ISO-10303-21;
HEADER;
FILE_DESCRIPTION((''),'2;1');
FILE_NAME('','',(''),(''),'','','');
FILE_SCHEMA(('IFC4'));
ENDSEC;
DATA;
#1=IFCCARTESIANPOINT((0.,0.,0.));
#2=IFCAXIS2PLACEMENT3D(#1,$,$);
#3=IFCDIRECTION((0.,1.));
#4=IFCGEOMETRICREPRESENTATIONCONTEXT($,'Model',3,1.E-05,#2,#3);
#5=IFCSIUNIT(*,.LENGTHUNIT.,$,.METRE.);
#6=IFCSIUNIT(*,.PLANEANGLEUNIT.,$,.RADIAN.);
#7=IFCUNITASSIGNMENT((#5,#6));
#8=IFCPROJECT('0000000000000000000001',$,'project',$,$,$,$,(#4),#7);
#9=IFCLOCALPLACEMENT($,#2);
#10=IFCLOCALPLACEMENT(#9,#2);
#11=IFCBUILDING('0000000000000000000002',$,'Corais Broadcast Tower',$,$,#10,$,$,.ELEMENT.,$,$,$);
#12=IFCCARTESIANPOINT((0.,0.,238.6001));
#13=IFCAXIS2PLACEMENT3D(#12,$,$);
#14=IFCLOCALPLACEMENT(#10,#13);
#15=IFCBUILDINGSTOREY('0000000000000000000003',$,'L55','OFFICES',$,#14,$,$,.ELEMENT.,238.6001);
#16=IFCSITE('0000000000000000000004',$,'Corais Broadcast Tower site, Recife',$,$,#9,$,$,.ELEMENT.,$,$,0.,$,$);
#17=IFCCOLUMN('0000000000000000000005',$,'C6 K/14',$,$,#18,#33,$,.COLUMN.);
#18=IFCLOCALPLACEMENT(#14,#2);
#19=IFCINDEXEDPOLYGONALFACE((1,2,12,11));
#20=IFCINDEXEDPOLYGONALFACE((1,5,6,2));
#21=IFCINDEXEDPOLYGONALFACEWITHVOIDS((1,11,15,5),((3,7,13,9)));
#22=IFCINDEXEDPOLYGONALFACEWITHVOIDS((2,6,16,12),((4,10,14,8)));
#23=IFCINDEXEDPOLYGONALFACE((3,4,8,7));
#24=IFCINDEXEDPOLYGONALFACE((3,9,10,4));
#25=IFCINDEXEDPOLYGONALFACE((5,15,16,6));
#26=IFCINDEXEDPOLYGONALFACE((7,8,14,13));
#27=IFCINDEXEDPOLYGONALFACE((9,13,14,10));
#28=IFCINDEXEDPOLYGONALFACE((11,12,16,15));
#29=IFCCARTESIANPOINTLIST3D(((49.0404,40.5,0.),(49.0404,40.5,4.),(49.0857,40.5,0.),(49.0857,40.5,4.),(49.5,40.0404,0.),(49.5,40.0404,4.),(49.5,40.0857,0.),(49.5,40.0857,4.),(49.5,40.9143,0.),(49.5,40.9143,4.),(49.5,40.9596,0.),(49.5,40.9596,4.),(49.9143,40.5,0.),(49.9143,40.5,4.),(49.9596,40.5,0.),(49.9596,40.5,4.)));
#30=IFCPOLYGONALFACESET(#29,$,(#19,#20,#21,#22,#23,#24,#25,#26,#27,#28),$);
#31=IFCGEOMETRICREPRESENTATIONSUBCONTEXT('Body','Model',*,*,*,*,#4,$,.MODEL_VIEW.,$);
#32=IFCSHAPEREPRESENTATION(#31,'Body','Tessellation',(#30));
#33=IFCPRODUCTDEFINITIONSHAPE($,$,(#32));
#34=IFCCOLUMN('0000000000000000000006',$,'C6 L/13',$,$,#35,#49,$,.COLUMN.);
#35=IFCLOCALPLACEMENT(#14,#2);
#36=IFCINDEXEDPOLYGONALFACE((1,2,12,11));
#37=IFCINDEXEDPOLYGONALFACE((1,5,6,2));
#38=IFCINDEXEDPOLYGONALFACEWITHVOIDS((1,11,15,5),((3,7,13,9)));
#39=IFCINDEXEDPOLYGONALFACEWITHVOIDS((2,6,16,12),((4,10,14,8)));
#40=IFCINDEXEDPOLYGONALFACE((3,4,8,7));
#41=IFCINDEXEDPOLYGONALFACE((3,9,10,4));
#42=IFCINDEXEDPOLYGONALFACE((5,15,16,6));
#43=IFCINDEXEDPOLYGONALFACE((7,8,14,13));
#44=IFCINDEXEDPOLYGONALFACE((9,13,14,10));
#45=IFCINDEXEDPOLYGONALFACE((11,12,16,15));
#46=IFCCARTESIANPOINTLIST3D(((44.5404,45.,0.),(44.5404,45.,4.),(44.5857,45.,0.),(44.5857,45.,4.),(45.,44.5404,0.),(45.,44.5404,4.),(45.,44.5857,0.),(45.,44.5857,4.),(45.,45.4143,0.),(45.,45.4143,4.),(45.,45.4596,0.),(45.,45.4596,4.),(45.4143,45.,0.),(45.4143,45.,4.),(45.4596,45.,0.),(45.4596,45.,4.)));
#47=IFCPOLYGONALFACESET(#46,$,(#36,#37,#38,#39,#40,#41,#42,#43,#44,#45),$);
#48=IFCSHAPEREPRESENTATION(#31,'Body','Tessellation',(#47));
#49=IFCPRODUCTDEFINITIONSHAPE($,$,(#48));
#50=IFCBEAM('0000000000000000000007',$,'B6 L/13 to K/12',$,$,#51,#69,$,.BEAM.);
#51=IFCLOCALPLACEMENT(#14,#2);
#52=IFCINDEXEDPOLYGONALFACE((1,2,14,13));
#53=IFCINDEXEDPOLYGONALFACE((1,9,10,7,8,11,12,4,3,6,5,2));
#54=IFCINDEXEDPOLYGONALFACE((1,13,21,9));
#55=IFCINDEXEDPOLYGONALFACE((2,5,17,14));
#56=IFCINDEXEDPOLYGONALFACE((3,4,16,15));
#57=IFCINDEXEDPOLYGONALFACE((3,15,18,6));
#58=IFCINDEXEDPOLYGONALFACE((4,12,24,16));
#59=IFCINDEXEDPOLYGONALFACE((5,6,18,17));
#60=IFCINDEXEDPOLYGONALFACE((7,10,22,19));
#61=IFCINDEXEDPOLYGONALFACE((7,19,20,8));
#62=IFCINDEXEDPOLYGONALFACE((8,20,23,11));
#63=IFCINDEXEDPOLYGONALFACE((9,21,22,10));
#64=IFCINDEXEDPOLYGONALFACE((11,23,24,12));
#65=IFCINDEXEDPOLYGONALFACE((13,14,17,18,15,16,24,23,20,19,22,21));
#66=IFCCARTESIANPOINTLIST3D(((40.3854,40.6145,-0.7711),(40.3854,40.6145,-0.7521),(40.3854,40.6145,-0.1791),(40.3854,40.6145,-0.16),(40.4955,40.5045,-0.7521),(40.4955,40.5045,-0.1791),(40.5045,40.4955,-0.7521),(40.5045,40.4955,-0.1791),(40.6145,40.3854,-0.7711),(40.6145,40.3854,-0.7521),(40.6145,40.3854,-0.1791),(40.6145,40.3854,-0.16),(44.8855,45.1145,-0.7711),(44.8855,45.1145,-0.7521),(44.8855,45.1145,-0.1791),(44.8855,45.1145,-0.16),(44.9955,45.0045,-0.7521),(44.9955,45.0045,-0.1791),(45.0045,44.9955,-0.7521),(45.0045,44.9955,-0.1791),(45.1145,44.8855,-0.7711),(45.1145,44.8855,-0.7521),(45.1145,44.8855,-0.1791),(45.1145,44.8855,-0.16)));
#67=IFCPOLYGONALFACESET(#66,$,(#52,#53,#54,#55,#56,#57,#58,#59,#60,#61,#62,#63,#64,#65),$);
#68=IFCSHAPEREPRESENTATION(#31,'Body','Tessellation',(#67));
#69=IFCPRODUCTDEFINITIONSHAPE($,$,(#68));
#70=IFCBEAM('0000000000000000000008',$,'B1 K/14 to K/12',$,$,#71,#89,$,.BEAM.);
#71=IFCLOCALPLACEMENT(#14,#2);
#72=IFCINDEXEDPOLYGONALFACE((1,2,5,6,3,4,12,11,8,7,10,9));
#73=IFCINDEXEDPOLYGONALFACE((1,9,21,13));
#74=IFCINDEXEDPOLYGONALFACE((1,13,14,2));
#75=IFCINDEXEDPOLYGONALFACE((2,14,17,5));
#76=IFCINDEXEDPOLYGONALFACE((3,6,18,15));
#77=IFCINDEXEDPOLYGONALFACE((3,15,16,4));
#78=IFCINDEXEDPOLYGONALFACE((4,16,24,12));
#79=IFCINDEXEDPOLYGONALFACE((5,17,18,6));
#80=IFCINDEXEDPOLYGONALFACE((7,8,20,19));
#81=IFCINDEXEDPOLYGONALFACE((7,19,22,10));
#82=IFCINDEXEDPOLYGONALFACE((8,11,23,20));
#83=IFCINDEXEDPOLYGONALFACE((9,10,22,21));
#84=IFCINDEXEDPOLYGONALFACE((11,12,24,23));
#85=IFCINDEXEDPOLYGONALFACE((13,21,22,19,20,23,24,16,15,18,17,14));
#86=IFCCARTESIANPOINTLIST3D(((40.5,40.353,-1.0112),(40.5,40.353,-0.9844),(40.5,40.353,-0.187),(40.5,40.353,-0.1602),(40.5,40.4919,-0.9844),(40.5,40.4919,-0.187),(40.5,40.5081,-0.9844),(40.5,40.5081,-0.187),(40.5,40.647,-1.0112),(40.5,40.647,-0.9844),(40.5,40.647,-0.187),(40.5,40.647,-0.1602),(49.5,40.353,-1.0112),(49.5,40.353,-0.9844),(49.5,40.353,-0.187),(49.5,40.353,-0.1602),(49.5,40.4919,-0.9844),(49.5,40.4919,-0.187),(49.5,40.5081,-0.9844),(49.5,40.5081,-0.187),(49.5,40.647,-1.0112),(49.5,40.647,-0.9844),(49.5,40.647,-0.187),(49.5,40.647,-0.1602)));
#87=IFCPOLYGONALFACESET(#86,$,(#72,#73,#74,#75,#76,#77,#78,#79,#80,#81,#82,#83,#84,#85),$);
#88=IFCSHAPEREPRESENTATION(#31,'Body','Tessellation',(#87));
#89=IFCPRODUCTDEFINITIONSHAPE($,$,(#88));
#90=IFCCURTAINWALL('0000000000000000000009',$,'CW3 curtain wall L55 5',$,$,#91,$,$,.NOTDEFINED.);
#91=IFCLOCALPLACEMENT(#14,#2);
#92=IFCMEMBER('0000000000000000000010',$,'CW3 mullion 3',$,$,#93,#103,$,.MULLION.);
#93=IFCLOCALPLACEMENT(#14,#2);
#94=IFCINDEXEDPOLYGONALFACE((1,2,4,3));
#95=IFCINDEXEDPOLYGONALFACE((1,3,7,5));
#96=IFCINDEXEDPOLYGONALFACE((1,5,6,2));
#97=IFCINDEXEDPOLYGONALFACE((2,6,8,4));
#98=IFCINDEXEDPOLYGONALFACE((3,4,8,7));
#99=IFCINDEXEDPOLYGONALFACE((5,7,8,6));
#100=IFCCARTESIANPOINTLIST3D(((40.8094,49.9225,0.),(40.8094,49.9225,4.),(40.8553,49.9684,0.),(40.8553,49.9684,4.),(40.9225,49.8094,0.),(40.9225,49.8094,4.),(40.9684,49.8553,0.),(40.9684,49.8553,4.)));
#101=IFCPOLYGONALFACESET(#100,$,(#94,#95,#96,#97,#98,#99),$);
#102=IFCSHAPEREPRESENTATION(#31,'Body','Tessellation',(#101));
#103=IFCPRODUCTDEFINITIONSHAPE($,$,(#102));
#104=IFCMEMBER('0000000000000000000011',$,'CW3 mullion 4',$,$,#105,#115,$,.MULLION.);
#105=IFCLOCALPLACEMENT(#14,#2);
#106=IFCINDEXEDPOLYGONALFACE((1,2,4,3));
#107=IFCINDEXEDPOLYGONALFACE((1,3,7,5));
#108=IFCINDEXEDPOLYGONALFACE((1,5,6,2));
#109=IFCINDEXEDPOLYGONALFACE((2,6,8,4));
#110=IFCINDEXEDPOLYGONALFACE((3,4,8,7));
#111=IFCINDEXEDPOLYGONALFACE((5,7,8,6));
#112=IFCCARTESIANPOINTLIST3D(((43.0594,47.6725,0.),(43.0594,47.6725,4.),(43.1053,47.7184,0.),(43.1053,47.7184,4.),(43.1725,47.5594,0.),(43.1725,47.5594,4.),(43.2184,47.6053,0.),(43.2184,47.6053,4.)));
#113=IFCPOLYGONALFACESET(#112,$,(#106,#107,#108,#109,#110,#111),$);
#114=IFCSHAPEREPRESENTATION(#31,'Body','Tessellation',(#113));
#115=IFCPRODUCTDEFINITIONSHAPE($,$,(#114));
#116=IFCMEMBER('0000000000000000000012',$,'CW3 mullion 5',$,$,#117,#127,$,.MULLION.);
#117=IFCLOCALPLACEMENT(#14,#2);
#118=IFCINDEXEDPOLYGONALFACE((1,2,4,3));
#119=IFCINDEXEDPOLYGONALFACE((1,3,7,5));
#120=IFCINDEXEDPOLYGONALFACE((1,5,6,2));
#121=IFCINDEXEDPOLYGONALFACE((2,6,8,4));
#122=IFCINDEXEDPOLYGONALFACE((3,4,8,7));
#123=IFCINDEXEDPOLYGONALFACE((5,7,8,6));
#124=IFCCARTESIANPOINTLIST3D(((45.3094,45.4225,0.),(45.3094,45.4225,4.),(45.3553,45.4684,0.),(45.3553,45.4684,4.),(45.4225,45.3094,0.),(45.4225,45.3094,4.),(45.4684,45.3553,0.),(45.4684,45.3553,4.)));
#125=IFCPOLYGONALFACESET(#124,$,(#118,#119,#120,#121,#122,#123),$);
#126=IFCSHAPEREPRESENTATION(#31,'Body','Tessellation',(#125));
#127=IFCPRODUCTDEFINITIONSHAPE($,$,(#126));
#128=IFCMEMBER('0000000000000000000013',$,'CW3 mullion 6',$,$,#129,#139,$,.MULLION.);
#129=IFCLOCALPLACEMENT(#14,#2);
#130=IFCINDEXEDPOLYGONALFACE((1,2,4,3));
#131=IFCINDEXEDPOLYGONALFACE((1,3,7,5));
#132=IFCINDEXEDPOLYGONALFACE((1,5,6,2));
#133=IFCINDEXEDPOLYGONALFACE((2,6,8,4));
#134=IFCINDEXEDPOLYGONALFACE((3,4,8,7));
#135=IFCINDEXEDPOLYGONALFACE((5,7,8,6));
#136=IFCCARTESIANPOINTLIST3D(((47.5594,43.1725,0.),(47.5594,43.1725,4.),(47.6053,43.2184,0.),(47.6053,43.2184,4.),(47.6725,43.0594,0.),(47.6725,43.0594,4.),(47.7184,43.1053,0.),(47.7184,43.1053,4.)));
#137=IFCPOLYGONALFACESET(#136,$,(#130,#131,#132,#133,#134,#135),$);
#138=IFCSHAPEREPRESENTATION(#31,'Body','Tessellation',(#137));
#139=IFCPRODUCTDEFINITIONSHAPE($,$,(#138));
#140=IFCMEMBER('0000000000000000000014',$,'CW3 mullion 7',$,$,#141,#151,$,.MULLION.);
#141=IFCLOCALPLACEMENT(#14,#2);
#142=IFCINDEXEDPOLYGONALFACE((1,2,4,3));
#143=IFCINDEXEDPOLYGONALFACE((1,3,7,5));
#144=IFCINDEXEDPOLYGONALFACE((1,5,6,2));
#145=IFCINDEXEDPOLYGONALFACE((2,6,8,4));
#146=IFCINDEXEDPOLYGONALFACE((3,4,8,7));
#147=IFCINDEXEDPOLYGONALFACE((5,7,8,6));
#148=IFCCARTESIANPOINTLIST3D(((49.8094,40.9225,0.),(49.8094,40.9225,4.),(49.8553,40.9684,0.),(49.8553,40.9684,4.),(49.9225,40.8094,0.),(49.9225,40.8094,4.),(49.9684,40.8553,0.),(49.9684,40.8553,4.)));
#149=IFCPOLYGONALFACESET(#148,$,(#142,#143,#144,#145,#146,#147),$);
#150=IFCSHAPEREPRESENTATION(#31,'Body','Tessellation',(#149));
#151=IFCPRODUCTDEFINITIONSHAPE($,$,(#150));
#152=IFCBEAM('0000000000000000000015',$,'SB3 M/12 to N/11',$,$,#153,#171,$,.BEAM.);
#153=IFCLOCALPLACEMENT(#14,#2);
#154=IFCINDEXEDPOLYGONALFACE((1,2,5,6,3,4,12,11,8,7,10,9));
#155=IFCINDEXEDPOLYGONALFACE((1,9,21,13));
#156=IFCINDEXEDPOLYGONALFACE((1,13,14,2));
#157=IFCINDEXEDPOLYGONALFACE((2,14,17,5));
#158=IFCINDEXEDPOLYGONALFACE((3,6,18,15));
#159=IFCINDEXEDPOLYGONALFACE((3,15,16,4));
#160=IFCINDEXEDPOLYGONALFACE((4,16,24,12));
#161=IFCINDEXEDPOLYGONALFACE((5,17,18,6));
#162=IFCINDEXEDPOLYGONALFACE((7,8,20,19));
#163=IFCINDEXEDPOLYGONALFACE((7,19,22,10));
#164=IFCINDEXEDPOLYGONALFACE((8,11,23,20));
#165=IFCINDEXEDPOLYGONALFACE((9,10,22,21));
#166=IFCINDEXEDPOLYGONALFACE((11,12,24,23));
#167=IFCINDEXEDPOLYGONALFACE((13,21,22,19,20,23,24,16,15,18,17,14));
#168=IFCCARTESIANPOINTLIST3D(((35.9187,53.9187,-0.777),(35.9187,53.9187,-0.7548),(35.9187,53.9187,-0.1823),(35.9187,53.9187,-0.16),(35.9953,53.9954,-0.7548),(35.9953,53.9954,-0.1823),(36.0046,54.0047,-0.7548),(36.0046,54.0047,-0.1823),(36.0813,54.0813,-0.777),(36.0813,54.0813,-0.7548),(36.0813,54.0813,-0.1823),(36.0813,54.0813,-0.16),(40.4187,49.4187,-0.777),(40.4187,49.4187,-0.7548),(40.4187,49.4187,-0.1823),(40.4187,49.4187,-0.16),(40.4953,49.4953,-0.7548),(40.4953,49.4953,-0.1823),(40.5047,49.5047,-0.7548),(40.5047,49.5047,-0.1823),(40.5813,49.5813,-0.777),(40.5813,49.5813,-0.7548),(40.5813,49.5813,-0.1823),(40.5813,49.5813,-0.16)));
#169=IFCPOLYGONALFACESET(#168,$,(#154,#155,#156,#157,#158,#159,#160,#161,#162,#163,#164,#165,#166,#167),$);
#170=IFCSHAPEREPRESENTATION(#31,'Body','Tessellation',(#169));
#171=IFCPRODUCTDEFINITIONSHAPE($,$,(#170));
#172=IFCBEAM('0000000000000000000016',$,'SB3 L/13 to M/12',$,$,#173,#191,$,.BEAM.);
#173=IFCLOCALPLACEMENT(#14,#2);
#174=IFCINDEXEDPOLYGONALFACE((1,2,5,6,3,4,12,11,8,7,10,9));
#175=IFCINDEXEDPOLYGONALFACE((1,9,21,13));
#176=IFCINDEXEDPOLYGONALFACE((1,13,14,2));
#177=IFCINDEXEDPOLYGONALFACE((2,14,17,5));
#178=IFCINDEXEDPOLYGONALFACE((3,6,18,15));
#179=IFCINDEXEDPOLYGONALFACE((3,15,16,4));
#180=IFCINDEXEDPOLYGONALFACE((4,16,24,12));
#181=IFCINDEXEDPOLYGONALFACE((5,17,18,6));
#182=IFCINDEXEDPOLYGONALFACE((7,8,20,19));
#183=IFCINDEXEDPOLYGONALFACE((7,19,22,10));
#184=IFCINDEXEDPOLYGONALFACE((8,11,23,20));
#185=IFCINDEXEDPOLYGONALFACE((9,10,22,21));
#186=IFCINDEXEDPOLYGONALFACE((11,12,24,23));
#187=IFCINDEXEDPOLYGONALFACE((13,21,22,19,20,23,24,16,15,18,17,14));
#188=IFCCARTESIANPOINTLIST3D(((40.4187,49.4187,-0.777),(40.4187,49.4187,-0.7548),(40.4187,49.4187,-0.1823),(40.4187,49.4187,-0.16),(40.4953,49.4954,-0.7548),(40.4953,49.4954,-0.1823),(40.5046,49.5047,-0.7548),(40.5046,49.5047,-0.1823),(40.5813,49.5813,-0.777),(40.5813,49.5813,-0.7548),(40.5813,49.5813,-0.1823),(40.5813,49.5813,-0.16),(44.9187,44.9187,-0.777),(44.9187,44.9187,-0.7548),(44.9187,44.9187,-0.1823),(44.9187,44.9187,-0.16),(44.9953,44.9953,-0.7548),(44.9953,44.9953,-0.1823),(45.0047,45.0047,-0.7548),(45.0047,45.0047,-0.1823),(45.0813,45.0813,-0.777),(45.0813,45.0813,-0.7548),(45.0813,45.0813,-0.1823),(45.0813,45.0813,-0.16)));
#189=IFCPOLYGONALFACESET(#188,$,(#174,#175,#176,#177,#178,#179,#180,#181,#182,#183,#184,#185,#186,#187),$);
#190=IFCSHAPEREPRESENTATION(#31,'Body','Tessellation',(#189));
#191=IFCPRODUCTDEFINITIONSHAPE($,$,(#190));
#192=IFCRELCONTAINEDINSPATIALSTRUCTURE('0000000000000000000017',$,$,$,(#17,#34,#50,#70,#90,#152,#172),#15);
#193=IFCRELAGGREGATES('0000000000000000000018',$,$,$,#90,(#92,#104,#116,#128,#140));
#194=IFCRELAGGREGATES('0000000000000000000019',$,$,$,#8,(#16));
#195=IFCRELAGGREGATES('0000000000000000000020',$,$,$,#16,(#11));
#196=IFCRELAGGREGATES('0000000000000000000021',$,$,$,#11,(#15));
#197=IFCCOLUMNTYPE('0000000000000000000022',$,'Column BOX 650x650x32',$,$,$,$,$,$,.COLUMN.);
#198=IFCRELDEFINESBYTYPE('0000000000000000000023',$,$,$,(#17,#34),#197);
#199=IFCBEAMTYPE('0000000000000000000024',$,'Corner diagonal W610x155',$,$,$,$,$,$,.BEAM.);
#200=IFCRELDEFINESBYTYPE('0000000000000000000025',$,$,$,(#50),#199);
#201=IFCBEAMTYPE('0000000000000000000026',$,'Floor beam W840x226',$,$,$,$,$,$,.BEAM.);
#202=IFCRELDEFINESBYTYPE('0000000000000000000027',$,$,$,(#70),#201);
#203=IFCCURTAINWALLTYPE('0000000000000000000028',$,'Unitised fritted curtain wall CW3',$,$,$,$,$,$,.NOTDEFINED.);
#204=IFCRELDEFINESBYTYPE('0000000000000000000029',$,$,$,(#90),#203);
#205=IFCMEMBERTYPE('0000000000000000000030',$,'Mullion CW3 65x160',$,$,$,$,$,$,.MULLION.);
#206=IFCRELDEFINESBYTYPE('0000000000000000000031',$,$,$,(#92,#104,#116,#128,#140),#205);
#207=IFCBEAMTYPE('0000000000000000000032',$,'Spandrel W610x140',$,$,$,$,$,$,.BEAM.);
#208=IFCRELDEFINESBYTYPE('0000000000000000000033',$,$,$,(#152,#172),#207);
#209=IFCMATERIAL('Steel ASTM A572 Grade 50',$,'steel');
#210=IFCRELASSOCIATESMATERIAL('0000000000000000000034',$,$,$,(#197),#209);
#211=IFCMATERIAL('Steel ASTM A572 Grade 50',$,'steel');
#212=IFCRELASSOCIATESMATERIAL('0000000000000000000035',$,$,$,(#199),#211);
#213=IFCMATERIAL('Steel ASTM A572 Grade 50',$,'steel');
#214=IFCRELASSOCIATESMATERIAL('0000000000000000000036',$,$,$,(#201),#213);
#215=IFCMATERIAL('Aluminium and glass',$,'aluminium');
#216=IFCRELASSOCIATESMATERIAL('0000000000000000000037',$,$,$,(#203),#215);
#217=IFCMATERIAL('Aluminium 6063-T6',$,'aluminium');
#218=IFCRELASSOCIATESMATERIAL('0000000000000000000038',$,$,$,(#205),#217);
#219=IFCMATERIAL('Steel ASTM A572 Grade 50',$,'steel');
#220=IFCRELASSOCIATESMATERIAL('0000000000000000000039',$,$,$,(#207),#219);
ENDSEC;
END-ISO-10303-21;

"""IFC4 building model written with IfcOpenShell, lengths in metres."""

from ifc_helpers import new_model, si_unit, direction, frame, origin, origin_2d, place, context, subcontext, project, spatial, rectangle, hollow_rectangle, i_section, extrude, material, material_profile, profile_set, type_object, element, aggregate, save


model = new_model("IFC4")

# Units and contexts
model_context = context("Model", 3, precision=1e-05, world=origin(), true_north=direction((0.0, 1.0)))
body_context = subcontext(model_context, "Body", "Model", "MODEL_VIEW")
ifc_project = project(units=[si_unit("LENGTHUNIT", "METRE"), si_unit("PLANEANGLEUNIT", "RADIAN")], contexts=[model_context])

# Site, building, storey
site_placement = place(None, origin())
site = spatial("IfcSite", under=ifc_project, at=site_placement, Name="Corais Broadcast Tower site, Recife", CompositionType="ELEMENT", RefElevation=0.0)
building_placement = place(site_placement, origin())
building = spatial("IfcBuilding", under=site, at=building_placement, Name="Corais Broadcast Tower", CompositionType="ELEMENT")
storey_placement = place(building_placement, frame((0.0, 0.0, 238.6001)))
storey = spatial("IfcBuildingStorey", under=building, at=storey_placement, Name="L55", Description="OFFICES", CompositionType="ELEMENT", Elevation=238.6001)

# Columns
ifc_material_1 = material(Name="Steel ASTM A572 Grade 50", Category="steel")
ifc_material_profile_1 = material_profile(ifc_material_1, hollow_rectangle(XDim=0.6499, YDim=0.6499, WallThickness=0.032, at=origin_2d()), Name="BOX 650x650x32")
ifc_profile_set_1 = profile_set([ifc_material_profile_1], Name="Steel ASTM A572 Grade 50")
column_type = type_object("IfcColumnType", Name="Column BOX 650x650x32", PredefinedType="COLUMN", material=ifc_profile_set_1)
for number, where, z_axis, x_axis, name in (
    (1, (49.5, 40.5, 0.0), (0.0, 0.0, 1.0), (0.707107, 0.707107, 0.0), "C6 K/14"),
    (2, (45.0, 45.0, 0.0), (0.0, 0.0, 1.0), (0.707107, 0.707107, 0.0), "C6 L/13"),
):
    element("IfcColumn", number, at=place(storey_placement, frame(where, z_axis=z_axis, x_axis=x_axis)), inside=storey, type_object=column_type, Name=name, PredefinedType="COLUMN", context=body_context, shape_type="SweptSolid", body=[
        extrude(hollow_rectangle(XDim=0.6499, YDim=0.6499, WallThickness=0.032, at=origin_2d()), origin(), (0.0, 0.0, 1.0), 4.0),
    ])

# Beams
ifc_material_2 = material(Name="Steel ASTM A572 Grade 50", Category="steel")
ifc_material_profile_2 = material_profile(ifc_material_2, i_section(OverallWidth=0.324, OverallDepth=0.6111, WebThickness=0.0127, FlangeThickness=0.019, at=origin_2d()), Name="W610x155")
ifc_profile_set_2 = profile_set([ifc_material_profile_2], Name="Steel ASTM A572 Grade 50")
beam_type_1 = type_object("IfcBeamType", Name="Corner diagonal W610x155", PredefinedType="BEAM", material=ifc_profile_set_2)
beam_1_placement = place(storey_placement, frame((45.0, 45.0, -0.4656), z_axis=(-0.707107, -0.707107, 0.0), x_axis=(0.707107, -0.707107, 0.0)))
element("IfcBeam", 3, at=beam_1_placement, inside=storey, type_object=beam_type_1, Name="B6 L/13 to K/12", PredefinedType="BEAM", context=body_context, shape_type="SweptSolid", body=[
    extrude(i_section(OverallWidth=0.324, OverallDepth=0.6111, WebThickness=0.0127, FlangeThickness=0.019, at=origin_2d()), origin(), (0.0, 0.0, 1.0), 6.364),
])
ifc_material_3 = material(Name="Steel ASTM A572 Grade 50", Category="steel")
ifc_material_profile_3 = material_profile(ifc_material_3, i_section(OverallWidth=0.2939, OverallDepth=0.8511, WebThickness=0.0161, FlangeThickness=0.0269, at=origin_2d()), Name="W840x226")
ifc_profile_set_3 = profile_set([ifc_material_profile_3], Name="Steel ASTM A572 Grade 50")
beam_type_2 = type_object("IfcBeamType", Name="Floor beam W840x226", PredefinedType="BEAM", material=ifc_profile_set_3)
beam_2_placement = place(storey_placement, frame((49.5, 40.5, -0.5857), z_axis=(-1.0, 0.0, 0.0), x_axis=(0.0, -1.0, 0.0)))
element("IfcBeam", 4, at=beam_2_placement, inside=storey, type_object=beam_type_2, Name="B1 K/14 to K/12", PredefinedType="BEAM", context=body_context, shape_type="SweptSolid", body=[
    extrude(i_section(OverallWidth=0.2939, OverallDepth=0.8511, WebThickness=0.0161, FlangeThickness=0.0269, at=origin_2d()), origin(), (0.0, 0.0, 1.0), 9.0),
])

# Curtain wall, members
ifc_material_4 = material(Name="Aluminium and glass", Category="aluminium")
curtain_wall_type = type_object("IfcCurtainWallType", Name="Unitised fritted curtain wall CW3", PredefinedType="NOTDEFINED", material=ifc_material_4)
curtain_wall_placement = place(storey_placement, origin())
curtain_wall = element("IfcCurtainWall", 5, at=curtain_wall_placement, inside=storey, type_object=curtain_wall_type, Name="CW3 curtain wall L55 5", PredefinedType="NOTDEFINED")
ifc_material_5 = material(Name="Aluminium 6063-T6", Category="aluminium")
ifc_material_profile_4 = material_profile(ifc_material_5, rectangle(XDim=0.0649, YDim=0.1599, at=origin_2d()), Name="Mullion CW3 65x160")
ifc_profile_set_4 = profile_set([ifc_material_profile_4], Name="Aluminium 6063-T6")
member_type_1 = type_object("IfcMemberType", Name="Mullion CW3 65x160", PredefinedType="MULLION", material=ifc_profile_set_4)
member_1_placement = place(storey_placement, frame((40.8889, 49.8889, 0.0), z_axis=(0.0, 0.0, 1.0), x_axis=(0.707107, 0.707107, 0.0)))
member_1 = element("IfcMember", 6, at=member_1_placement, type_object=member_type_1, Name="CW3 mullion 3", PredefinedType="MULLION", context=body_context, shape_type="SweptSolid", body=[
    extrude(rectangle(XDim=0.0649, YDim=0.1599, at=origin_2d()), origin(), (0.0, 0.0, 1.0), 4.0),
])
member_2_placement = place(storey_placement, frame((43.1389, 47.6389, 0.0), z_axis=(0.0, 0.0, 1.0), x_axis=(0.707107, 0.707107, 0.0)))
member_2 = element("IfcMember", 7, at=member_2_placement, type_object=member_type_1, Name="CW3 mullion 4", PredefinedType="MULLION", context=body_context, shape_type="SweptSolid", body=[
    extrude(rectangle(XDim=0.0649, YDim=0.1599, at=origin_2d()), origin(), (0.0, 0.0, 1.0), 4.0),
])
member_3_placement = place(storey_placement, frame((45.3889, 45.3889, 0.0), z_axis=(0.0, 0.0, 1.0), x_axis=(0.707107, 0.707107, 0.0)))
member_3 = element("IfcMember", 8, at=member_3_placement, type_object=member_type_1, Name="CW3 mullion 5", PredefinedType="MULLION", context=body_context, shape_type="SweptSolid", body=[
    extrude(rectangle(XDim=0.0649, YDim=0.1599, at=origin_2d()), origin(), (0.0, 0.0, 1.0), 4.0),
])
member_4_placement = place(storey_placement, frame((47.6389, 43.1389, 0.0), z_axis=(0.0, 0.0, 1.0), x_axis=(0.707107, 0.707107, 0.0)))
member_4 = element("IfcMember", 9, at=member_4_placement, type_object=member_type_1, Name="CW3 mullion 6", PredefinedType="MULLION", context=body_context, shape_type="SweptSolid", body=[
    extrude(rectangle(XDim=0.0649, YDim=0.1599, at=origin_2d()), origin(), (0.0, 0.0, 1.0), 4.0),
])
member_5_placement = place(storey_placement, frame((49.8889, 40.8889, 0.0), z_axis=(0.0, 0.0, 1.0), x_axis=(0.707107, 0.707107, 0.0)))
member_5 = element("IfcMember", 10, at=member_5_placement, type_object=member_type_1, Name="CW3 mullion 7", PredefinedType="MULLION", context=body_context, shape_type="SweptSolid", body=[
    extrude(rectangle(XDim=0.0649, YDim=0.1599, at=origin_2d()), origin(), (0.0, 0.0, 1.0), 4.0),
])

# Beams
ifc_material_6 = material(Name="Steel ASTM A572 Grade 50", Category="steel")
ifc_material_profile_5 = material_profile(ifc_material_6, i_section(OverallWidth=0.23, OverallDepth=0.6169, WebThickness=0.0132, FlangeThickness=0.0222, at=origin_2d()), Name="W610x140")
ifc_profile_set_5 = profile_set([ifc_material_profile_5], Name="Steel ASTM A572 Grade 50")
beam_type_3 = type_object("IfcBeamType", Name="Spandrel W610x140", PredefinedType="BEAM", material=ifc_profile_set_5)
for number, where, z_axis, x_axis, name in (
    (11, (40.5, 49.5, -0.4685), (-0.707107, 0.707107, 0.0), (-0.707107, -0.707107, 0.0), "SB3 M/12 to N/11"),
    (12, (45.0, 45.0, -0.4685), (-0.707107, 0.707107, 0.0), (-0.707107, -0.707107, 0.0), "SB3 L/13 to M/12"),
):
    element("IfcBeam", number, at=place(storey_placement, frame(where, z_axis=z_axis, x_axis=x_axis)), inside=storey, type_object=beam_type_3, Name=name, PredefinedType="BEAM", context=body_context, shape_type="SweptSolid", body=[
        extrude(i_section(OverallWidth=0.23, OverallDepth=0.6169, WebThickness=0.0132, FlangeThickness=0.0222, at=origin_2d()), origin(), (0.0, 0.0, 1.0), 6.364),
    ])

aggregate(curtain_wall, [member_1, member_2, member_3, member_4, member_5])

save(model, "model.ifc")
